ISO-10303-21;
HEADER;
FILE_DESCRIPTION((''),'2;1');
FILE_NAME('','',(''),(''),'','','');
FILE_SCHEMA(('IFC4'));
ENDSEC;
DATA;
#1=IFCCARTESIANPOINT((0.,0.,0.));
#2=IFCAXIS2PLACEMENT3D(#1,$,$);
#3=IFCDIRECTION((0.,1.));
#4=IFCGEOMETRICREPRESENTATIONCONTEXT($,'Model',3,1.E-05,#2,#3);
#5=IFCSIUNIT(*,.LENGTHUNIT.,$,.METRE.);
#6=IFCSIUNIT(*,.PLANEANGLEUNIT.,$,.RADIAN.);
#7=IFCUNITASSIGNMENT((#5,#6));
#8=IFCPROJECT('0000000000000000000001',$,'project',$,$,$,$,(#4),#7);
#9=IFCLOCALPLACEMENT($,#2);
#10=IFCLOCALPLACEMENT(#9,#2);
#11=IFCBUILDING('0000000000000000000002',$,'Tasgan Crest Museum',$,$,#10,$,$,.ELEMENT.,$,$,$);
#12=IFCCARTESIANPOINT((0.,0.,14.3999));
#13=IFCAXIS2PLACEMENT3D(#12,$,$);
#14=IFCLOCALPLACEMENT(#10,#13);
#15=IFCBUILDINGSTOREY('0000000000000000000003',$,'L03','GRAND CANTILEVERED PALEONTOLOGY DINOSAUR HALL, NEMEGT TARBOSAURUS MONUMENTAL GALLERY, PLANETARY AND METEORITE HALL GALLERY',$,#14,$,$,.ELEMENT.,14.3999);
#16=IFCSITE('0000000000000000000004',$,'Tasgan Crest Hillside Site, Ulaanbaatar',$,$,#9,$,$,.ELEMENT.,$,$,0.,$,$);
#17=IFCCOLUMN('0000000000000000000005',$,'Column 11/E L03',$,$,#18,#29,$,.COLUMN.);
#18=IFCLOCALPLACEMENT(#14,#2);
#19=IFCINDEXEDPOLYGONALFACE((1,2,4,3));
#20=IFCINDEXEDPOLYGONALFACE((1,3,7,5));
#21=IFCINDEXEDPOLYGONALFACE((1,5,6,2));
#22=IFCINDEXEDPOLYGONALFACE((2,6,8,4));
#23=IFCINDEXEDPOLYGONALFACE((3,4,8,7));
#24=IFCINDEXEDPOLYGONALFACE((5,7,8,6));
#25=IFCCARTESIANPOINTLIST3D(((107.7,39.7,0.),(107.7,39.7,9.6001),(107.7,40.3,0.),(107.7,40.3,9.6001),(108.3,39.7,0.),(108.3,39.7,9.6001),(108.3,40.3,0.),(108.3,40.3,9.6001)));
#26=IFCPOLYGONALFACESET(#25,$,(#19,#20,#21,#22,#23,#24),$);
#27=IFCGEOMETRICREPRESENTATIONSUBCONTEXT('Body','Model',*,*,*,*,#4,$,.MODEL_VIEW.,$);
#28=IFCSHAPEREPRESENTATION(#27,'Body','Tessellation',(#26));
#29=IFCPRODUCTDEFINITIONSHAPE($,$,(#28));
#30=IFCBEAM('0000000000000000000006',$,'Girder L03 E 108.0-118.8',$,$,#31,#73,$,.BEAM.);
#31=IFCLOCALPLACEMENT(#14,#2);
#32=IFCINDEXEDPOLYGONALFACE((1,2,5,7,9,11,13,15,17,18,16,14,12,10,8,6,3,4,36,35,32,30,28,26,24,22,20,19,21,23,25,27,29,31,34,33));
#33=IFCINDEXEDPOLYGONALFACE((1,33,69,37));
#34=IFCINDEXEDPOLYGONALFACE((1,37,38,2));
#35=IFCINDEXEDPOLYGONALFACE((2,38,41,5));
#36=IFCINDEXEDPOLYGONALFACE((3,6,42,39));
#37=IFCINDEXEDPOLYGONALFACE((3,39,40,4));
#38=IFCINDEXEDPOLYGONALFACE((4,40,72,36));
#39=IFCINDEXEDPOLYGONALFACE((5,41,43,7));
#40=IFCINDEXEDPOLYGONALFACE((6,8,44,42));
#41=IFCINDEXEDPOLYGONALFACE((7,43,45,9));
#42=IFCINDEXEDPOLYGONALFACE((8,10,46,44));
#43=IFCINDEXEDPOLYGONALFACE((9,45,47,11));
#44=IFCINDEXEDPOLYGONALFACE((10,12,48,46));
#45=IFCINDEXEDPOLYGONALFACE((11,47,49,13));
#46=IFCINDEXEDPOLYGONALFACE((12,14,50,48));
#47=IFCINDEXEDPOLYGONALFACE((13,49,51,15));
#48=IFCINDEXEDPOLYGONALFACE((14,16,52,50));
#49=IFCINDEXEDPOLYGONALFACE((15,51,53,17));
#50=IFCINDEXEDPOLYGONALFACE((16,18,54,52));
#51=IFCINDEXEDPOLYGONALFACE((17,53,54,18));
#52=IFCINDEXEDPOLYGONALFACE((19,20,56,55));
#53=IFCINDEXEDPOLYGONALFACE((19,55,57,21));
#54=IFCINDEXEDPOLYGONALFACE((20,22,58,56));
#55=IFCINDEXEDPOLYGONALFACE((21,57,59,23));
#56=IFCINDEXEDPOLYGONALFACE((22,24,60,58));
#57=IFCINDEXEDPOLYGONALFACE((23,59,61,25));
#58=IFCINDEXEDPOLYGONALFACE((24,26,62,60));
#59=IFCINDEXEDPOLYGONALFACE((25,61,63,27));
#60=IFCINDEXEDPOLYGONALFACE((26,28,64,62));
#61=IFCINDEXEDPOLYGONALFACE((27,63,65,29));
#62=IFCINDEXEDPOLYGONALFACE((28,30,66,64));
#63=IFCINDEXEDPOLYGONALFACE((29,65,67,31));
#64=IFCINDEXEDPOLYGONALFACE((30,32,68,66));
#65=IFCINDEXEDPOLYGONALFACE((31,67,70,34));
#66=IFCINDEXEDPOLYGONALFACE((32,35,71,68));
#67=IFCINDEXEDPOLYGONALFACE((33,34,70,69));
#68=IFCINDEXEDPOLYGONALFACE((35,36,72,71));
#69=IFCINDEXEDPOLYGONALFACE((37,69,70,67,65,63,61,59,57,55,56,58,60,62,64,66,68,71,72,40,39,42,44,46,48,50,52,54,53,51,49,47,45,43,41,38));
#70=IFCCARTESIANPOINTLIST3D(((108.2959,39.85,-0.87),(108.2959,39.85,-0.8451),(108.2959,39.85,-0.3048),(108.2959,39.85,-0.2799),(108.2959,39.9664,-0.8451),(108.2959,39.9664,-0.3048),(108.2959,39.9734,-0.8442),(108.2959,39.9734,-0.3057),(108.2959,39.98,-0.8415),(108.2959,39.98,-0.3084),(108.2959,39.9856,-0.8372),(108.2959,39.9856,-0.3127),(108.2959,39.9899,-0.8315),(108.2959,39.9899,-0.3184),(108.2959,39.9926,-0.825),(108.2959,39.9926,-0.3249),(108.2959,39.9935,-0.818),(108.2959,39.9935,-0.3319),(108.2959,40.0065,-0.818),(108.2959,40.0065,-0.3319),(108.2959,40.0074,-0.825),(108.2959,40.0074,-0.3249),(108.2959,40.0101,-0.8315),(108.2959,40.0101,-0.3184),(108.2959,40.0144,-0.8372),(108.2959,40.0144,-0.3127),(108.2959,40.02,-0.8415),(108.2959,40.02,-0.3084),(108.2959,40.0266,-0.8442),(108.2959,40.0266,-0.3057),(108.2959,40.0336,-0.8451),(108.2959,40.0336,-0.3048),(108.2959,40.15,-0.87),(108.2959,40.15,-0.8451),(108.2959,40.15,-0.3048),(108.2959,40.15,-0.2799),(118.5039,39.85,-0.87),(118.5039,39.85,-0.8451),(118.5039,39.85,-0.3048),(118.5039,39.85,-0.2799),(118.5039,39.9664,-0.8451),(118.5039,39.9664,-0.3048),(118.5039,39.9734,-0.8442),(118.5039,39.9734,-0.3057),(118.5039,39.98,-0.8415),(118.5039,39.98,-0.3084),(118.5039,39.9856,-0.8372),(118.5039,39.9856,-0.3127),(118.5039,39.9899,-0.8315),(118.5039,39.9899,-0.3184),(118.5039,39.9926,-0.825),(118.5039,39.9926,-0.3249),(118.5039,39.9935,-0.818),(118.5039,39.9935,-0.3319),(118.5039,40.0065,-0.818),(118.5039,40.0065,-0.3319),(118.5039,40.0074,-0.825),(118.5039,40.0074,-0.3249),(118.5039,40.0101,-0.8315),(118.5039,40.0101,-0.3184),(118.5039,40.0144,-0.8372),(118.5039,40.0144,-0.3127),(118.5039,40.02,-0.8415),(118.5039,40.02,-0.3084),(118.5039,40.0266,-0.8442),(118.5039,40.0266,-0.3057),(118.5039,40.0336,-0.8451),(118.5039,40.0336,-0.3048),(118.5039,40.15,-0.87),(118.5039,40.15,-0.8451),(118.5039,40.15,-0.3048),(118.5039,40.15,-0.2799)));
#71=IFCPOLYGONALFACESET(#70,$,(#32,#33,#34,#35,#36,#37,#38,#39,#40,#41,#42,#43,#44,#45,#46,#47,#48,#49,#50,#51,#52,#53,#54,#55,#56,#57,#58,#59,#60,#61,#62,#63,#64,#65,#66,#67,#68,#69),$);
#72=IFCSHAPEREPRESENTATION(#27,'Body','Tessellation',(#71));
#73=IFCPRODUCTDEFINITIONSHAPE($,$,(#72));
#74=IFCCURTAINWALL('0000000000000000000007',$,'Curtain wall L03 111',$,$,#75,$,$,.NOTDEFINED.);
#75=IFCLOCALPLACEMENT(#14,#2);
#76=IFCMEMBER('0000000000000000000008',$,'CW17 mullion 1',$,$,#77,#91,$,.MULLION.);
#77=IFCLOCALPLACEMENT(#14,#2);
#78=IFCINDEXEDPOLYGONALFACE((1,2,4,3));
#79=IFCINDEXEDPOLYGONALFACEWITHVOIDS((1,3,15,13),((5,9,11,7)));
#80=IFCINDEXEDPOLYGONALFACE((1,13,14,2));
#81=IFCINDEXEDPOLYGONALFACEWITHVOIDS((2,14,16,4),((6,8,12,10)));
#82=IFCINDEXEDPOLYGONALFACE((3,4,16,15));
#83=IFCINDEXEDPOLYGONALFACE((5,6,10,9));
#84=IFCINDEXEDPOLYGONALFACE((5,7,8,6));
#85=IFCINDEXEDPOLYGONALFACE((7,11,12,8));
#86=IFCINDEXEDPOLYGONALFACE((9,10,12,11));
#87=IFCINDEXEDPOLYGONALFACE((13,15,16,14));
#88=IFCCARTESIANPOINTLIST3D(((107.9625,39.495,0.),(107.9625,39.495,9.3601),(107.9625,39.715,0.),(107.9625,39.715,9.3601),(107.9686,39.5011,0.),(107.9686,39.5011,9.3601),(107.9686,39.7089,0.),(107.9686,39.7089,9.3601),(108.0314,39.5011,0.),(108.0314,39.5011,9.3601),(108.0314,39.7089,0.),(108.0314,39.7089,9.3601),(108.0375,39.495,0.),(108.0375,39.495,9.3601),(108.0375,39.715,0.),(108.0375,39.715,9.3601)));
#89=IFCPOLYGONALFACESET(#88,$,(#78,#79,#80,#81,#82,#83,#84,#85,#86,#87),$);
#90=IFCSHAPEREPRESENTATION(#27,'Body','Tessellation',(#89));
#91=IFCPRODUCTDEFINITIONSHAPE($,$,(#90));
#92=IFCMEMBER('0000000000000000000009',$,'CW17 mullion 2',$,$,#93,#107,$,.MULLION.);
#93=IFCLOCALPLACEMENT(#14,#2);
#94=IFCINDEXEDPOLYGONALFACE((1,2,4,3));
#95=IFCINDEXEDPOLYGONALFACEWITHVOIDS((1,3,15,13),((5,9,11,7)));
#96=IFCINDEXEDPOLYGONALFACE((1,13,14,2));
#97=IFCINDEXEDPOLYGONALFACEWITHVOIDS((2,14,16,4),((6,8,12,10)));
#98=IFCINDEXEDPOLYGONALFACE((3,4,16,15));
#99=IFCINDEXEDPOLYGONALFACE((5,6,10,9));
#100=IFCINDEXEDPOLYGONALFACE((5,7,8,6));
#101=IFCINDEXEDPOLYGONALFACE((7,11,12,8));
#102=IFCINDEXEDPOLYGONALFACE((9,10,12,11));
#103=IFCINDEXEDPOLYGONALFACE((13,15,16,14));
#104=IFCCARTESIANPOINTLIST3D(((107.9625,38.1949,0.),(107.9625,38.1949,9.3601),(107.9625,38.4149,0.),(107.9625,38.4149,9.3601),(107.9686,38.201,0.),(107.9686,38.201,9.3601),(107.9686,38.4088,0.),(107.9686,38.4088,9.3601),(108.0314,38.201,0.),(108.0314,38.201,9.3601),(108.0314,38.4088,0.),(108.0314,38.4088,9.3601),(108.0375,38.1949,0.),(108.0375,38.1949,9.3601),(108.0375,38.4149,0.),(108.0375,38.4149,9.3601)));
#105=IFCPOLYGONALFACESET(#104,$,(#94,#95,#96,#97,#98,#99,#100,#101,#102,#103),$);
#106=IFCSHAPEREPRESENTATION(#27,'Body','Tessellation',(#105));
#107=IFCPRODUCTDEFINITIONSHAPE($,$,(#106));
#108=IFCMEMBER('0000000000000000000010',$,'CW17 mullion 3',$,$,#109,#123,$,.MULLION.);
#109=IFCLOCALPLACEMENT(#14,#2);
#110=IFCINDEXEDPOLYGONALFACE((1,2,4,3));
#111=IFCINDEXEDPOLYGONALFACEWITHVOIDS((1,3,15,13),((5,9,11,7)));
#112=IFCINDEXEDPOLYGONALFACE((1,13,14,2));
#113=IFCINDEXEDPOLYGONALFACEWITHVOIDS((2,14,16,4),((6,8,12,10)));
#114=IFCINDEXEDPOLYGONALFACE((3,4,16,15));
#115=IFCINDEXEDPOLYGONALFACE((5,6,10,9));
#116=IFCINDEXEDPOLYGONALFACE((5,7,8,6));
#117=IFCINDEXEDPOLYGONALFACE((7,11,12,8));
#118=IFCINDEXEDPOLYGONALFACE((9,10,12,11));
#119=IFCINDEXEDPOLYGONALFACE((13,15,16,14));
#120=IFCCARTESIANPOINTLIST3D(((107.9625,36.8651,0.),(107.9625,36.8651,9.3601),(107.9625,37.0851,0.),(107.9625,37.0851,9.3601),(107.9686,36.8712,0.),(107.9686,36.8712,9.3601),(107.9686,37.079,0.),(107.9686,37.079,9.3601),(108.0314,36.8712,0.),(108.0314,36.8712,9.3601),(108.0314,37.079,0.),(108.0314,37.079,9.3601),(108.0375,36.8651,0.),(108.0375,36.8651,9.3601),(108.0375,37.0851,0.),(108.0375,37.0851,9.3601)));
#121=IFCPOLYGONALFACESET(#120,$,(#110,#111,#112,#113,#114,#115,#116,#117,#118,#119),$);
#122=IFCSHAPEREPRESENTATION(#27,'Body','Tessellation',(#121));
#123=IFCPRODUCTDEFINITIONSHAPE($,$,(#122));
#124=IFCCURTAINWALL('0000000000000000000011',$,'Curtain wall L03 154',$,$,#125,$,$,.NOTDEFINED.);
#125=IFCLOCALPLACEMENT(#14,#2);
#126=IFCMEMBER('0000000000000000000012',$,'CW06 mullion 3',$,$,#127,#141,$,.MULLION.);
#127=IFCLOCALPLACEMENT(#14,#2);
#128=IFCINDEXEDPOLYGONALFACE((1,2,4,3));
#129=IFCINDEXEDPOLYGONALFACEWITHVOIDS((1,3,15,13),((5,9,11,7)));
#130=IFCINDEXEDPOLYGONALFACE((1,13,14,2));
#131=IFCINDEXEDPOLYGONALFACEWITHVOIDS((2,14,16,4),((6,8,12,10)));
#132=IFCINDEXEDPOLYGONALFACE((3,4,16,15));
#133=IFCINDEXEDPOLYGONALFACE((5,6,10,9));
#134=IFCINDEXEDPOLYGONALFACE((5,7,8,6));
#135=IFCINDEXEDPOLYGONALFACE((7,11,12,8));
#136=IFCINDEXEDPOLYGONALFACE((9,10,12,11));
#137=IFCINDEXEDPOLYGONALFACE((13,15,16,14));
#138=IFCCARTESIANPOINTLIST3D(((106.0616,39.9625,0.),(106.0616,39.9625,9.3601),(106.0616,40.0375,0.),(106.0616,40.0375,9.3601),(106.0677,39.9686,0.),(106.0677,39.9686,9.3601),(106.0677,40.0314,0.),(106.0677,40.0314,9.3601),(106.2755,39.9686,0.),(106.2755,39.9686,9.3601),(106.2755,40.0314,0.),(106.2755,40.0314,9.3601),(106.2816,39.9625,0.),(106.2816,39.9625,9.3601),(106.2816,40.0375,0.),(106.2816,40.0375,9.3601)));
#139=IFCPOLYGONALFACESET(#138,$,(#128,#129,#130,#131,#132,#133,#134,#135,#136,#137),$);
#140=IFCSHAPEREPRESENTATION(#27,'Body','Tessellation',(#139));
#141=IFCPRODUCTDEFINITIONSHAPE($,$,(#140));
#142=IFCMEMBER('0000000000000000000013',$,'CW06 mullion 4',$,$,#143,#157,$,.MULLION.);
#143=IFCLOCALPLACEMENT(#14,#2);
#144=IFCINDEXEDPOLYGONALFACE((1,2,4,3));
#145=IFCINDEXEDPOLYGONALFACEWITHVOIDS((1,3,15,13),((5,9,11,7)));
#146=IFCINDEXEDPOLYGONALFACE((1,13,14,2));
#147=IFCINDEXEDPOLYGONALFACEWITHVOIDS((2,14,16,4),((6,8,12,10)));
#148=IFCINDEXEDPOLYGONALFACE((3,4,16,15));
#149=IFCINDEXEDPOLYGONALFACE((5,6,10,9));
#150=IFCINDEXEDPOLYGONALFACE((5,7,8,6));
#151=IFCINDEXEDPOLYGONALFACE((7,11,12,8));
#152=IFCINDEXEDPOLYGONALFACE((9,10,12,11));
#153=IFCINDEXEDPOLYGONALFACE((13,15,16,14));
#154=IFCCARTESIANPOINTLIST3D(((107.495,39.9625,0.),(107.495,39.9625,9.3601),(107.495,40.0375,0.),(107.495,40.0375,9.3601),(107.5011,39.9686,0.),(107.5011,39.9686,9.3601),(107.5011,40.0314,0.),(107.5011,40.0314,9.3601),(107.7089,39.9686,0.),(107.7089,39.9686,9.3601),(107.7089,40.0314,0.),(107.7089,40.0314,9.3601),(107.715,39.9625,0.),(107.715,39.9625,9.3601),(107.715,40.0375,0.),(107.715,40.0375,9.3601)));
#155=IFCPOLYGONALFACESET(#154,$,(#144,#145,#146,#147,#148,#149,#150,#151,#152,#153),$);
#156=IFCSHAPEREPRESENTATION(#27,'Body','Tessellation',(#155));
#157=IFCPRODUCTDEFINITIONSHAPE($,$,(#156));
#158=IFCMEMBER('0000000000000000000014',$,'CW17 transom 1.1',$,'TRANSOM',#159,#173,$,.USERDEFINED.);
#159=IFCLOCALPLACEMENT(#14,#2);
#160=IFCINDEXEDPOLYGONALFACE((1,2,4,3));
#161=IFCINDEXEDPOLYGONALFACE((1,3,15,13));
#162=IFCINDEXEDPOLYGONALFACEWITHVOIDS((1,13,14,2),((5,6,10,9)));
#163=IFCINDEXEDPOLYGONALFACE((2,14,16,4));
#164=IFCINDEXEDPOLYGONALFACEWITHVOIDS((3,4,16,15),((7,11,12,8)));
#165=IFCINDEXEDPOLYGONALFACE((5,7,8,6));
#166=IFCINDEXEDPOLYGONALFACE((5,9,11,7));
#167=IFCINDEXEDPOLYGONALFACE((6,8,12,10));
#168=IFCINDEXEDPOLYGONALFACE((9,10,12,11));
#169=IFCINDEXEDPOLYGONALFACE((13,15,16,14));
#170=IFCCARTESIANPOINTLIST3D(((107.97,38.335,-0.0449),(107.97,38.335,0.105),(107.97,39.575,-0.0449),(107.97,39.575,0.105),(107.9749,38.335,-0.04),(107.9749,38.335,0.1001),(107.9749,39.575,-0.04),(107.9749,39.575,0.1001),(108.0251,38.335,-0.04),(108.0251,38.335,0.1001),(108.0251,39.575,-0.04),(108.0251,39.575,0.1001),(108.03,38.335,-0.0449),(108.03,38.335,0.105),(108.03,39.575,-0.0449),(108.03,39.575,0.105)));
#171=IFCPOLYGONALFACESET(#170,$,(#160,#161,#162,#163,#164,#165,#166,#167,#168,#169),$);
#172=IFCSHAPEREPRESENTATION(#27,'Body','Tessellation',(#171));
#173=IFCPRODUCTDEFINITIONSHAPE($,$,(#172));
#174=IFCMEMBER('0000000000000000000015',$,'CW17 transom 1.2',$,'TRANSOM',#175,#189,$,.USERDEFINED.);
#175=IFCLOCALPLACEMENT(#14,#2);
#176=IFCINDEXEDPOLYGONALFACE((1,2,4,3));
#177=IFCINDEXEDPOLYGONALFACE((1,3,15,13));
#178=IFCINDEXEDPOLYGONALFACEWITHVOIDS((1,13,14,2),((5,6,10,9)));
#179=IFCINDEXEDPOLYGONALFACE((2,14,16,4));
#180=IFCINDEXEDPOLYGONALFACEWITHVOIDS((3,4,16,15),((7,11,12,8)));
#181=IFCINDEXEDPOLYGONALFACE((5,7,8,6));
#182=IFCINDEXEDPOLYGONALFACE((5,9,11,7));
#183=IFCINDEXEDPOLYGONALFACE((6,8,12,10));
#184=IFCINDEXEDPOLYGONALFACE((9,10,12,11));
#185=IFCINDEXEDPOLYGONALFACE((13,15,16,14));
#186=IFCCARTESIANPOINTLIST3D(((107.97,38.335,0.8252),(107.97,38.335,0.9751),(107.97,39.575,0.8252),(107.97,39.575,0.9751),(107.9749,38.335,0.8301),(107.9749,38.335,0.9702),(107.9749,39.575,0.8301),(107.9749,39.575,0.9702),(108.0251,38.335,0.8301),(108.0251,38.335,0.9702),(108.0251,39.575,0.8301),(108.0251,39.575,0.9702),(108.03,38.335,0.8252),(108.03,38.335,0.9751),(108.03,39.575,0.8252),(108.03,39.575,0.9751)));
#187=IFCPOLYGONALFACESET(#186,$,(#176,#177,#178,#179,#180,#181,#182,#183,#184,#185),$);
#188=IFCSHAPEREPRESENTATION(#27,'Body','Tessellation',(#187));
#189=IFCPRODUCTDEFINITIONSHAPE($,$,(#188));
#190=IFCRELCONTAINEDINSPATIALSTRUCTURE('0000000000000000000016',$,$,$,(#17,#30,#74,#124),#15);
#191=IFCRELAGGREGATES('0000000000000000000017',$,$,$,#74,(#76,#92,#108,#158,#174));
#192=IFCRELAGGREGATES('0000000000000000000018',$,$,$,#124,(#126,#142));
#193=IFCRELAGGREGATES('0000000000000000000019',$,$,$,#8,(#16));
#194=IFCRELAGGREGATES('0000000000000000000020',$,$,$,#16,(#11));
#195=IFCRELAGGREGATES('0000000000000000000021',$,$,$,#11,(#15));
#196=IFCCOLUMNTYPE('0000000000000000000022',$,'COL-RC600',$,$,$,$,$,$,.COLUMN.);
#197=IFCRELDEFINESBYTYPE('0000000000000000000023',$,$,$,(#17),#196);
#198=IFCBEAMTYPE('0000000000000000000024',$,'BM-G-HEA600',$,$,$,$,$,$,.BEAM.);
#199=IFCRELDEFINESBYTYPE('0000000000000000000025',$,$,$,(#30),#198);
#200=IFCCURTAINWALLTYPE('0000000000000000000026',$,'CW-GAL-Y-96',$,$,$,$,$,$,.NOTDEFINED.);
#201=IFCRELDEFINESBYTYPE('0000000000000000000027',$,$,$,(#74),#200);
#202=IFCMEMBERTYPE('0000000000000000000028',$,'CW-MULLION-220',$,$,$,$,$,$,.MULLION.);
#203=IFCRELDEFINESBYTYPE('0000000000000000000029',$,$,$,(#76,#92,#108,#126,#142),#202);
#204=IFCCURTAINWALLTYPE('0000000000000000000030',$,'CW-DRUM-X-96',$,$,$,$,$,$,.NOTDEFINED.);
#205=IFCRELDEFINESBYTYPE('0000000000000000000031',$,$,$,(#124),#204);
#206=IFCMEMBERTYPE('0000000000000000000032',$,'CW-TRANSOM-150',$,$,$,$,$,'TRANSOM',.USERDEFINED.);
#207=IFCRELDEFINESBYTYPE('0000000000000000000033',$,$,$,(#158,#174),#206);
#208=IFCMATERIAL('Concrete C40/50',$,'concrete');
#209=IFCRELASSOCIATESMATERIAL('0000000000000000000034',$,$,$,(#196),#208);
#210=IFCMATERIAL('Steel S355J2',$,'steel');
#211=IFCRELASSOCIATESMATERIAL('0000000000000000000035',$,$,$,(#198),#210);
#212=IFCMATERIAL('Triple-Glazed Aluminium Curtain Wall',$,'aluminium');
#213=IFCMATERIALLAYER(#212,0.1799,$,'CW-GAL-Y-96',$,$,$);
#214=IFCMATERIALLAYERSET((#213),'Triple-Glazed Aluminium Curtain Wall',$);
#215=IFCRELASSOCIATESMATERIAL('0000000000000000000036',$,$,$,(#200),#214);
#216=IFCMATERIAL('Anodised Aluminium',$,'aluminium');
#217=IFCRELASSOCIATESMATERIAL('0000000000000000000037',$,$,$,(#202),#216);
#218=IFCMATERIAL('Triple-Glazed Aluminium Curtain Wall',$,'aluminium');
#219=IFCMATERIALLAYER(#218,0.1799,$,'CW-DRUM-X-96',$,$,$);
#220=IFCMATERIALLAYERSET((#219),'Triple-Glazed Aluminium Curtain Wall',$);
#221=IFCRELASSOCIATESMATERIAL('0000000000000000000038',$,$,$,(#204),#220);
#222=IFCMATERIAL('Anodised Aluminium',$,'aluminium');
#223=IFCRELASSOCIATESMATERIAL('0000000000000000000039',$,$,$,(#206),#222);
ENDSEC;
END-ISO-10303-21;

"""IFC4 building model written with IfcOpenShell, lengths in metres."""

from ifc_helpers import new_model, si_unit, direction, frame, origin, origin_2d, place, context, subcontext, project, spatial, rectangle, hollow_rectangle, i_section, extrude, material, layer, layer_set, material_profile, profile_set, type_object, element, aggregate, save


model = new_model("IFC4")

# Units and contexts
model_context = context("Model", 3, precision=1e-05, world=origin(), true_north=direction((0.0, 1.0)))
body_context = subcontext(model_context, "Body", "Model", "MODEL_VIEW")
ifc_project = project(units=[si_unit("LENGTHUNIT", "METRE"), si_unit("PLANEANGLEUNIT", "RADIAN")], contexts=[model_context])

# Site, building, storey
site_placement = place(None, origin())
site = spatial("IfcSite", under=ifc_project, at=site_placement, Name="Tasgan Crest Hillside Site, Ulaanbaatar", CompositionType="ELEMENT", RefElevation=0.0)
building_placement = place(site_placement, origin())
building = spatial("IfcBuilding", under=site, at=building_placement, Name="Tasgan Crest Museum", CompositionType="ELEMENT")
storey_placement = place(building_placement, frame((0.0, 0.0, 14.3999)))
storey = spatial("IfcBuildingStorey", under=building, at=storey_placement, Name="L03", Description="GRAND CANTILEVERED PALEONTOLOGY DINOSAUR HALL, NEMEGT TARBOSAURUS MONUMENTAL GALLERY, PLANETARY AND METEORITE HALL GALLERY", CompositionType="ELEMENT", Elevation=14.3999)

# Column
ifc_material_1 = material(Name="Concrete C40/50", Category="concrete")
ifc_material_profile_1 = material_profile(ifc_material_1, rectangle(XDim=0.6001, YDim=0.6001, at=origin_2d()), Name="RC 600x600")
ifc_profile_set_1 = profile_set([ifc_material_profile_1], Name="Concrete C40/50")
column_type = type_object("IfcColumnType", Name="COL-RC600", PredefinedType="COLUMN", material=ifc_profile_set_1)
column_placement = place(storey_placement, frame((108.0, 40.0, 0.0), z_axis=(0.0, 0.0, 1.0), x_axis=(1.0, 0.0, 0.0)))
element("IfcColumn", 1, at=column_placement, inside=storey, type_object=column_type, Name="Column 11/E L03", PredefinedType="COLUMN", context=body_context, shape_type="SweptSolid", body=[
    extrude(rectangle(XDim=0.6001, YDim=0.6001, at=origin_2d()), origin(), (0.0, 0.0, 1.0), 9.6001),
])

# Beam
ifc_material_2 = material(Name="Steel S355J2", Category="steel")
ifc_material_profile_2 = material_profile(ifc_material_2, i_section(OverallWidth=0.3, OverallDepth=0.5901, WebThickness=0.0129, FlangeThickness=0.0249, FilletRadius=0.0271, at=origin_2d()), Name="HEA 600")
ifc_profile_set_2 = profile_set([ifc_material_profile_2], Name="Steel S355J2")
beam_type = type_object("IfcBeamType", Name="BM-G-HEA600", PredefinedType="BEAM", material=ifc_profile_set_2)
beam_placement = place(storey_placement, frame((108.2959, 40.0, -0.575), z_axis=(1.0, 0.0, 0.0), x_axis=(0.0, 1.0, 0.0)))
element("IfcBeam", 2, at=beam_placement, inside=storey, type_object=beam_type, Name="Girder L03 E 108.0-118.8", PredefinedType="BEAM", context=body_context, shape_type="SweptSolid", body=[
    extrude(i_section(OverallWidth=0.3, OverallDepth=0.5901, WebThickness=0.0129, FlangeThickness=0.0249, FilletRadius=0.0271, at=origin_2d()), origin(), (0.0, 0.0, 1.0), 10.208),
])

# Curtain walls, members
ifc_material_3 = material(Name="Triple-Glazed Aluminium Curtain Wall", Category="aluminium")
ifc_layer_1 = layer(ifc_material_3, 0.1799, Name="CW-GAL-Y-96")
ifc_layer_set_1 = layer_set([ifc_layer_1], Name="Triple-Glazed Aluminium Curtain Wall")
curtain_wall_type_1 = type_object("IfcCurtainWallType", Name="CW-GAL-Y-96", PredefinedType="NOTDEFINED", material=ifc_layer_set_1)
curtain_wall_1_placement = place(storey_placement, origin())
curtain_wall_1 = element("IfcCurtainWall", 3, at=curtain_wall_1_placement, inside=storey, type_object=curtain_wall_type_1, Name="Curtain wall L03 111", PredefinedType="NOTDEFINED")
ifc_material_4 = material(Name="Anodised Aluminium", Category="aluminium")
ifc_material_profile_3 = material_profile(ifc_material_4, hollow_rectangle(XDim=0.075, YDim=0.22, WallThickness=0.0061, at=origin_2d()), Name="ALU MULLION 220x75x6")
ifc_profile_set_3 = profile_set([ifc_material_profile_3], Name="Anodised Aluminium")
member_type_1 = type_object("IfcMemberType", Name="CW-MULLION-220", PredefinedType="MULLION", material=ifc_profile_set_3)
member_1_placement = place(storey_placement, frame((108.0, 39.605, 0.0), z_axis=(0.0, 0.0, 1.0), x_axis=(1.0, 0.0, 0.0)))
member_1 = element("IfcMember", 4, at=member_1_placement, type_object=member_type_1, Name="CW17 mullion 1", PredefinedType="MULLION", context=body_context, shape_type="SweptSolid", body=[
    extrude(hollow_rectangle(XDim=0.075, YDim=0.22, WallThickness=0.0061, at=origin_2d()), origin(), (0.0, 0.0, 1.0), 9.3601),
])
member_2_placement = place(storey_placement, frame((108.0, 38.3049, 0.0), z_axis=(0.0, 0.0, 1.0), x_axis=(1.0, 0.0, 0.0)))
member_2 = element("IfcMember", 5, at=member_2_placement, type_object=member_type_1, Name="CW17 mullion 2", PredefinedType="MULLION", context=body_context, shape_type="SweptSolid", body=[
    extrude(hollow_rectangle(XDim=0.075, YDim=0.22, WallThickness=0.0061, at=origin_2d()), origin(), (0.0, 0.0, 1.0), 9.3601),
])
member_3_placement = place(storey_placement, frame((108.0, 36.9751, 0.0), z_axis=(0.0, 0.0, 1.0), x_axis=(1.0, 0.0, 0.0)))
member_3 = element("IfcMember", 6, at=member_3_placement, type_object=member_type_1, Name="CW17 mullion 3", PredefinedType="MULLION", context=body_context, shape_type="SweptSolid", body=[
    extrude(hollow_rectangle(XDim=0.075, YDim=0.22, WallThickness=0.0061, at=origin_2d()), origin(), (0.0, 0.0, 1.0), 9.3601),
])
ifc_material_5 = material(Name="Triple-Glazed Aluminium Curtain Wall", Category="aluminium")
ifc_layer_2 = layer(ifc_material_5, 0.1799, Name="CW-DRUM-X-96")
ifc_layer_set_2 = layer_set([ifc_layer_2], Name="Triple-Glazed Aluminium Curtain Wall")
curtain_wall_type_2 = type_object("IfcCurtainWallType", Name="CW-DRUM-X-96", PredefinedType="NOTDEFINED", material=ifc_layer_set_2)
curtain_wall_2_placement = place(storey_placement, origin())
curtain_wall_2 = element("IfcCurtainWall", 7, at=curtain_wall_2_placement, inside=storey, type_object=curtain_wall_type_2, Name="Curtain wall L03 154", PredefinedType="NOTDEFINED")
member_4_placement = place(storey_placement, frame((106.1716, 40.0, 0.0), z_axis=(0.0, 0.0, 1.0), x_axis=(0.0, 1.0, 0.0)))
member_4 = element("IfcMember", 8, at=member_4_placement, type_object=member_type_1, Name="CW06 mullion 3", PredefinedType="MULLION", context=body_context, shape_type="SweptSolid", body=[
    extrude(hollow_rectangle(XDim=0.075, YDim=0.22, WallThickness=0.0061, at=origin_2d()), origin(), (0.0, 0.0, 1.0), 9.3601),
])
member_5_placement = place(storey_placement, frame((107.605, 40.0, 0.0), z_axis=(0.0, 0.0, 1.0), x_axis=(0.0, 1.0, 0.0)))
member_5 = element("IfcMember", 9, at=member_5_placement, type_object=member_type_1, Name="CW06 mullion 4", PredefinedType="MULLION", context=body_context, shape_type="SweptSolid", body=[
    extrude(hollow_rectangle(XDim=0.075, YDim=0.22, WallThickness=0.0061, at=origin_2d()), origin(), (0.0, 0.0, 1.0), 9.3601),
])

# Members
ifc_material_6 = material(Name="Anodised Aluminium", Category="aluminium")
ifc_material_profile_4 = material_profile(ifc_material_6, hollow_rectangle(XDim=0.0601, YDim=0.1499, WallThickness=0.0049, at=origin_2d()), Name="ALU TRANSOM 150x60x5")
ifc_profile_set_4 = profile_set([ifc_material_profile_4], Name="Anodised Aluminium")
member_type_2 = type_object("IfcMemberType", Name="CW-TRANSOM-150", ElementType="TRANSOM", PredefinedType="USERDEFINED", material=ifc_profile_set_4)
member_6_placement = place(storey_placement, frame((108.0, 39.575, 0.03), z_axis=(0.0, -1.0, 0.0), x_axis=(1.0, 0.0, 0.0)))
member_6 = element("IfcMember", 10, at=member_6_placement, type_object=member_type_2, Name="CW17 transom 1.1", ObjectType="TRANSOM", PredefinedType="USERDEFINED", context=body_context, shape_type="SweptSolid", body=[
    extrude(hollow_rectangle(XDim=0.0601, YDim=0.1499, WallThickness=0.0049, at=origin_2d()), origin(), (0.0, 0.0, 1.0), 1.24),
])
member_7_placement = place(storey_placement, frame((108.0, 39.575, 0.9001), z_axis=(0.0, -1.0, 0.0), x_axis=(1.0, 0.0, 0.0)))
member_7 = element("IfcMember", 11, at=member_7_placement, type_object=member_type_2, Name="CW17 transom 1.2", ObjectType="TRANSOM", PredefinedType="USERDEFINED", context=body_context, shape_type="SweptSolid", body=[
    extrude(hollow_rectangle(XDim=0.0601, YDim=0.1499, WallThickness=0.0049, at=origin_2d()), origin(), (0.0, 0.0, 1.0), 1.24),
])

aggregate(curtain_wall_1, [member_1, member_2, member_3, member_6, member_7])
aggregate(curtain_wall_2, [member_4, member_5])

save(model, "model.ifc")
